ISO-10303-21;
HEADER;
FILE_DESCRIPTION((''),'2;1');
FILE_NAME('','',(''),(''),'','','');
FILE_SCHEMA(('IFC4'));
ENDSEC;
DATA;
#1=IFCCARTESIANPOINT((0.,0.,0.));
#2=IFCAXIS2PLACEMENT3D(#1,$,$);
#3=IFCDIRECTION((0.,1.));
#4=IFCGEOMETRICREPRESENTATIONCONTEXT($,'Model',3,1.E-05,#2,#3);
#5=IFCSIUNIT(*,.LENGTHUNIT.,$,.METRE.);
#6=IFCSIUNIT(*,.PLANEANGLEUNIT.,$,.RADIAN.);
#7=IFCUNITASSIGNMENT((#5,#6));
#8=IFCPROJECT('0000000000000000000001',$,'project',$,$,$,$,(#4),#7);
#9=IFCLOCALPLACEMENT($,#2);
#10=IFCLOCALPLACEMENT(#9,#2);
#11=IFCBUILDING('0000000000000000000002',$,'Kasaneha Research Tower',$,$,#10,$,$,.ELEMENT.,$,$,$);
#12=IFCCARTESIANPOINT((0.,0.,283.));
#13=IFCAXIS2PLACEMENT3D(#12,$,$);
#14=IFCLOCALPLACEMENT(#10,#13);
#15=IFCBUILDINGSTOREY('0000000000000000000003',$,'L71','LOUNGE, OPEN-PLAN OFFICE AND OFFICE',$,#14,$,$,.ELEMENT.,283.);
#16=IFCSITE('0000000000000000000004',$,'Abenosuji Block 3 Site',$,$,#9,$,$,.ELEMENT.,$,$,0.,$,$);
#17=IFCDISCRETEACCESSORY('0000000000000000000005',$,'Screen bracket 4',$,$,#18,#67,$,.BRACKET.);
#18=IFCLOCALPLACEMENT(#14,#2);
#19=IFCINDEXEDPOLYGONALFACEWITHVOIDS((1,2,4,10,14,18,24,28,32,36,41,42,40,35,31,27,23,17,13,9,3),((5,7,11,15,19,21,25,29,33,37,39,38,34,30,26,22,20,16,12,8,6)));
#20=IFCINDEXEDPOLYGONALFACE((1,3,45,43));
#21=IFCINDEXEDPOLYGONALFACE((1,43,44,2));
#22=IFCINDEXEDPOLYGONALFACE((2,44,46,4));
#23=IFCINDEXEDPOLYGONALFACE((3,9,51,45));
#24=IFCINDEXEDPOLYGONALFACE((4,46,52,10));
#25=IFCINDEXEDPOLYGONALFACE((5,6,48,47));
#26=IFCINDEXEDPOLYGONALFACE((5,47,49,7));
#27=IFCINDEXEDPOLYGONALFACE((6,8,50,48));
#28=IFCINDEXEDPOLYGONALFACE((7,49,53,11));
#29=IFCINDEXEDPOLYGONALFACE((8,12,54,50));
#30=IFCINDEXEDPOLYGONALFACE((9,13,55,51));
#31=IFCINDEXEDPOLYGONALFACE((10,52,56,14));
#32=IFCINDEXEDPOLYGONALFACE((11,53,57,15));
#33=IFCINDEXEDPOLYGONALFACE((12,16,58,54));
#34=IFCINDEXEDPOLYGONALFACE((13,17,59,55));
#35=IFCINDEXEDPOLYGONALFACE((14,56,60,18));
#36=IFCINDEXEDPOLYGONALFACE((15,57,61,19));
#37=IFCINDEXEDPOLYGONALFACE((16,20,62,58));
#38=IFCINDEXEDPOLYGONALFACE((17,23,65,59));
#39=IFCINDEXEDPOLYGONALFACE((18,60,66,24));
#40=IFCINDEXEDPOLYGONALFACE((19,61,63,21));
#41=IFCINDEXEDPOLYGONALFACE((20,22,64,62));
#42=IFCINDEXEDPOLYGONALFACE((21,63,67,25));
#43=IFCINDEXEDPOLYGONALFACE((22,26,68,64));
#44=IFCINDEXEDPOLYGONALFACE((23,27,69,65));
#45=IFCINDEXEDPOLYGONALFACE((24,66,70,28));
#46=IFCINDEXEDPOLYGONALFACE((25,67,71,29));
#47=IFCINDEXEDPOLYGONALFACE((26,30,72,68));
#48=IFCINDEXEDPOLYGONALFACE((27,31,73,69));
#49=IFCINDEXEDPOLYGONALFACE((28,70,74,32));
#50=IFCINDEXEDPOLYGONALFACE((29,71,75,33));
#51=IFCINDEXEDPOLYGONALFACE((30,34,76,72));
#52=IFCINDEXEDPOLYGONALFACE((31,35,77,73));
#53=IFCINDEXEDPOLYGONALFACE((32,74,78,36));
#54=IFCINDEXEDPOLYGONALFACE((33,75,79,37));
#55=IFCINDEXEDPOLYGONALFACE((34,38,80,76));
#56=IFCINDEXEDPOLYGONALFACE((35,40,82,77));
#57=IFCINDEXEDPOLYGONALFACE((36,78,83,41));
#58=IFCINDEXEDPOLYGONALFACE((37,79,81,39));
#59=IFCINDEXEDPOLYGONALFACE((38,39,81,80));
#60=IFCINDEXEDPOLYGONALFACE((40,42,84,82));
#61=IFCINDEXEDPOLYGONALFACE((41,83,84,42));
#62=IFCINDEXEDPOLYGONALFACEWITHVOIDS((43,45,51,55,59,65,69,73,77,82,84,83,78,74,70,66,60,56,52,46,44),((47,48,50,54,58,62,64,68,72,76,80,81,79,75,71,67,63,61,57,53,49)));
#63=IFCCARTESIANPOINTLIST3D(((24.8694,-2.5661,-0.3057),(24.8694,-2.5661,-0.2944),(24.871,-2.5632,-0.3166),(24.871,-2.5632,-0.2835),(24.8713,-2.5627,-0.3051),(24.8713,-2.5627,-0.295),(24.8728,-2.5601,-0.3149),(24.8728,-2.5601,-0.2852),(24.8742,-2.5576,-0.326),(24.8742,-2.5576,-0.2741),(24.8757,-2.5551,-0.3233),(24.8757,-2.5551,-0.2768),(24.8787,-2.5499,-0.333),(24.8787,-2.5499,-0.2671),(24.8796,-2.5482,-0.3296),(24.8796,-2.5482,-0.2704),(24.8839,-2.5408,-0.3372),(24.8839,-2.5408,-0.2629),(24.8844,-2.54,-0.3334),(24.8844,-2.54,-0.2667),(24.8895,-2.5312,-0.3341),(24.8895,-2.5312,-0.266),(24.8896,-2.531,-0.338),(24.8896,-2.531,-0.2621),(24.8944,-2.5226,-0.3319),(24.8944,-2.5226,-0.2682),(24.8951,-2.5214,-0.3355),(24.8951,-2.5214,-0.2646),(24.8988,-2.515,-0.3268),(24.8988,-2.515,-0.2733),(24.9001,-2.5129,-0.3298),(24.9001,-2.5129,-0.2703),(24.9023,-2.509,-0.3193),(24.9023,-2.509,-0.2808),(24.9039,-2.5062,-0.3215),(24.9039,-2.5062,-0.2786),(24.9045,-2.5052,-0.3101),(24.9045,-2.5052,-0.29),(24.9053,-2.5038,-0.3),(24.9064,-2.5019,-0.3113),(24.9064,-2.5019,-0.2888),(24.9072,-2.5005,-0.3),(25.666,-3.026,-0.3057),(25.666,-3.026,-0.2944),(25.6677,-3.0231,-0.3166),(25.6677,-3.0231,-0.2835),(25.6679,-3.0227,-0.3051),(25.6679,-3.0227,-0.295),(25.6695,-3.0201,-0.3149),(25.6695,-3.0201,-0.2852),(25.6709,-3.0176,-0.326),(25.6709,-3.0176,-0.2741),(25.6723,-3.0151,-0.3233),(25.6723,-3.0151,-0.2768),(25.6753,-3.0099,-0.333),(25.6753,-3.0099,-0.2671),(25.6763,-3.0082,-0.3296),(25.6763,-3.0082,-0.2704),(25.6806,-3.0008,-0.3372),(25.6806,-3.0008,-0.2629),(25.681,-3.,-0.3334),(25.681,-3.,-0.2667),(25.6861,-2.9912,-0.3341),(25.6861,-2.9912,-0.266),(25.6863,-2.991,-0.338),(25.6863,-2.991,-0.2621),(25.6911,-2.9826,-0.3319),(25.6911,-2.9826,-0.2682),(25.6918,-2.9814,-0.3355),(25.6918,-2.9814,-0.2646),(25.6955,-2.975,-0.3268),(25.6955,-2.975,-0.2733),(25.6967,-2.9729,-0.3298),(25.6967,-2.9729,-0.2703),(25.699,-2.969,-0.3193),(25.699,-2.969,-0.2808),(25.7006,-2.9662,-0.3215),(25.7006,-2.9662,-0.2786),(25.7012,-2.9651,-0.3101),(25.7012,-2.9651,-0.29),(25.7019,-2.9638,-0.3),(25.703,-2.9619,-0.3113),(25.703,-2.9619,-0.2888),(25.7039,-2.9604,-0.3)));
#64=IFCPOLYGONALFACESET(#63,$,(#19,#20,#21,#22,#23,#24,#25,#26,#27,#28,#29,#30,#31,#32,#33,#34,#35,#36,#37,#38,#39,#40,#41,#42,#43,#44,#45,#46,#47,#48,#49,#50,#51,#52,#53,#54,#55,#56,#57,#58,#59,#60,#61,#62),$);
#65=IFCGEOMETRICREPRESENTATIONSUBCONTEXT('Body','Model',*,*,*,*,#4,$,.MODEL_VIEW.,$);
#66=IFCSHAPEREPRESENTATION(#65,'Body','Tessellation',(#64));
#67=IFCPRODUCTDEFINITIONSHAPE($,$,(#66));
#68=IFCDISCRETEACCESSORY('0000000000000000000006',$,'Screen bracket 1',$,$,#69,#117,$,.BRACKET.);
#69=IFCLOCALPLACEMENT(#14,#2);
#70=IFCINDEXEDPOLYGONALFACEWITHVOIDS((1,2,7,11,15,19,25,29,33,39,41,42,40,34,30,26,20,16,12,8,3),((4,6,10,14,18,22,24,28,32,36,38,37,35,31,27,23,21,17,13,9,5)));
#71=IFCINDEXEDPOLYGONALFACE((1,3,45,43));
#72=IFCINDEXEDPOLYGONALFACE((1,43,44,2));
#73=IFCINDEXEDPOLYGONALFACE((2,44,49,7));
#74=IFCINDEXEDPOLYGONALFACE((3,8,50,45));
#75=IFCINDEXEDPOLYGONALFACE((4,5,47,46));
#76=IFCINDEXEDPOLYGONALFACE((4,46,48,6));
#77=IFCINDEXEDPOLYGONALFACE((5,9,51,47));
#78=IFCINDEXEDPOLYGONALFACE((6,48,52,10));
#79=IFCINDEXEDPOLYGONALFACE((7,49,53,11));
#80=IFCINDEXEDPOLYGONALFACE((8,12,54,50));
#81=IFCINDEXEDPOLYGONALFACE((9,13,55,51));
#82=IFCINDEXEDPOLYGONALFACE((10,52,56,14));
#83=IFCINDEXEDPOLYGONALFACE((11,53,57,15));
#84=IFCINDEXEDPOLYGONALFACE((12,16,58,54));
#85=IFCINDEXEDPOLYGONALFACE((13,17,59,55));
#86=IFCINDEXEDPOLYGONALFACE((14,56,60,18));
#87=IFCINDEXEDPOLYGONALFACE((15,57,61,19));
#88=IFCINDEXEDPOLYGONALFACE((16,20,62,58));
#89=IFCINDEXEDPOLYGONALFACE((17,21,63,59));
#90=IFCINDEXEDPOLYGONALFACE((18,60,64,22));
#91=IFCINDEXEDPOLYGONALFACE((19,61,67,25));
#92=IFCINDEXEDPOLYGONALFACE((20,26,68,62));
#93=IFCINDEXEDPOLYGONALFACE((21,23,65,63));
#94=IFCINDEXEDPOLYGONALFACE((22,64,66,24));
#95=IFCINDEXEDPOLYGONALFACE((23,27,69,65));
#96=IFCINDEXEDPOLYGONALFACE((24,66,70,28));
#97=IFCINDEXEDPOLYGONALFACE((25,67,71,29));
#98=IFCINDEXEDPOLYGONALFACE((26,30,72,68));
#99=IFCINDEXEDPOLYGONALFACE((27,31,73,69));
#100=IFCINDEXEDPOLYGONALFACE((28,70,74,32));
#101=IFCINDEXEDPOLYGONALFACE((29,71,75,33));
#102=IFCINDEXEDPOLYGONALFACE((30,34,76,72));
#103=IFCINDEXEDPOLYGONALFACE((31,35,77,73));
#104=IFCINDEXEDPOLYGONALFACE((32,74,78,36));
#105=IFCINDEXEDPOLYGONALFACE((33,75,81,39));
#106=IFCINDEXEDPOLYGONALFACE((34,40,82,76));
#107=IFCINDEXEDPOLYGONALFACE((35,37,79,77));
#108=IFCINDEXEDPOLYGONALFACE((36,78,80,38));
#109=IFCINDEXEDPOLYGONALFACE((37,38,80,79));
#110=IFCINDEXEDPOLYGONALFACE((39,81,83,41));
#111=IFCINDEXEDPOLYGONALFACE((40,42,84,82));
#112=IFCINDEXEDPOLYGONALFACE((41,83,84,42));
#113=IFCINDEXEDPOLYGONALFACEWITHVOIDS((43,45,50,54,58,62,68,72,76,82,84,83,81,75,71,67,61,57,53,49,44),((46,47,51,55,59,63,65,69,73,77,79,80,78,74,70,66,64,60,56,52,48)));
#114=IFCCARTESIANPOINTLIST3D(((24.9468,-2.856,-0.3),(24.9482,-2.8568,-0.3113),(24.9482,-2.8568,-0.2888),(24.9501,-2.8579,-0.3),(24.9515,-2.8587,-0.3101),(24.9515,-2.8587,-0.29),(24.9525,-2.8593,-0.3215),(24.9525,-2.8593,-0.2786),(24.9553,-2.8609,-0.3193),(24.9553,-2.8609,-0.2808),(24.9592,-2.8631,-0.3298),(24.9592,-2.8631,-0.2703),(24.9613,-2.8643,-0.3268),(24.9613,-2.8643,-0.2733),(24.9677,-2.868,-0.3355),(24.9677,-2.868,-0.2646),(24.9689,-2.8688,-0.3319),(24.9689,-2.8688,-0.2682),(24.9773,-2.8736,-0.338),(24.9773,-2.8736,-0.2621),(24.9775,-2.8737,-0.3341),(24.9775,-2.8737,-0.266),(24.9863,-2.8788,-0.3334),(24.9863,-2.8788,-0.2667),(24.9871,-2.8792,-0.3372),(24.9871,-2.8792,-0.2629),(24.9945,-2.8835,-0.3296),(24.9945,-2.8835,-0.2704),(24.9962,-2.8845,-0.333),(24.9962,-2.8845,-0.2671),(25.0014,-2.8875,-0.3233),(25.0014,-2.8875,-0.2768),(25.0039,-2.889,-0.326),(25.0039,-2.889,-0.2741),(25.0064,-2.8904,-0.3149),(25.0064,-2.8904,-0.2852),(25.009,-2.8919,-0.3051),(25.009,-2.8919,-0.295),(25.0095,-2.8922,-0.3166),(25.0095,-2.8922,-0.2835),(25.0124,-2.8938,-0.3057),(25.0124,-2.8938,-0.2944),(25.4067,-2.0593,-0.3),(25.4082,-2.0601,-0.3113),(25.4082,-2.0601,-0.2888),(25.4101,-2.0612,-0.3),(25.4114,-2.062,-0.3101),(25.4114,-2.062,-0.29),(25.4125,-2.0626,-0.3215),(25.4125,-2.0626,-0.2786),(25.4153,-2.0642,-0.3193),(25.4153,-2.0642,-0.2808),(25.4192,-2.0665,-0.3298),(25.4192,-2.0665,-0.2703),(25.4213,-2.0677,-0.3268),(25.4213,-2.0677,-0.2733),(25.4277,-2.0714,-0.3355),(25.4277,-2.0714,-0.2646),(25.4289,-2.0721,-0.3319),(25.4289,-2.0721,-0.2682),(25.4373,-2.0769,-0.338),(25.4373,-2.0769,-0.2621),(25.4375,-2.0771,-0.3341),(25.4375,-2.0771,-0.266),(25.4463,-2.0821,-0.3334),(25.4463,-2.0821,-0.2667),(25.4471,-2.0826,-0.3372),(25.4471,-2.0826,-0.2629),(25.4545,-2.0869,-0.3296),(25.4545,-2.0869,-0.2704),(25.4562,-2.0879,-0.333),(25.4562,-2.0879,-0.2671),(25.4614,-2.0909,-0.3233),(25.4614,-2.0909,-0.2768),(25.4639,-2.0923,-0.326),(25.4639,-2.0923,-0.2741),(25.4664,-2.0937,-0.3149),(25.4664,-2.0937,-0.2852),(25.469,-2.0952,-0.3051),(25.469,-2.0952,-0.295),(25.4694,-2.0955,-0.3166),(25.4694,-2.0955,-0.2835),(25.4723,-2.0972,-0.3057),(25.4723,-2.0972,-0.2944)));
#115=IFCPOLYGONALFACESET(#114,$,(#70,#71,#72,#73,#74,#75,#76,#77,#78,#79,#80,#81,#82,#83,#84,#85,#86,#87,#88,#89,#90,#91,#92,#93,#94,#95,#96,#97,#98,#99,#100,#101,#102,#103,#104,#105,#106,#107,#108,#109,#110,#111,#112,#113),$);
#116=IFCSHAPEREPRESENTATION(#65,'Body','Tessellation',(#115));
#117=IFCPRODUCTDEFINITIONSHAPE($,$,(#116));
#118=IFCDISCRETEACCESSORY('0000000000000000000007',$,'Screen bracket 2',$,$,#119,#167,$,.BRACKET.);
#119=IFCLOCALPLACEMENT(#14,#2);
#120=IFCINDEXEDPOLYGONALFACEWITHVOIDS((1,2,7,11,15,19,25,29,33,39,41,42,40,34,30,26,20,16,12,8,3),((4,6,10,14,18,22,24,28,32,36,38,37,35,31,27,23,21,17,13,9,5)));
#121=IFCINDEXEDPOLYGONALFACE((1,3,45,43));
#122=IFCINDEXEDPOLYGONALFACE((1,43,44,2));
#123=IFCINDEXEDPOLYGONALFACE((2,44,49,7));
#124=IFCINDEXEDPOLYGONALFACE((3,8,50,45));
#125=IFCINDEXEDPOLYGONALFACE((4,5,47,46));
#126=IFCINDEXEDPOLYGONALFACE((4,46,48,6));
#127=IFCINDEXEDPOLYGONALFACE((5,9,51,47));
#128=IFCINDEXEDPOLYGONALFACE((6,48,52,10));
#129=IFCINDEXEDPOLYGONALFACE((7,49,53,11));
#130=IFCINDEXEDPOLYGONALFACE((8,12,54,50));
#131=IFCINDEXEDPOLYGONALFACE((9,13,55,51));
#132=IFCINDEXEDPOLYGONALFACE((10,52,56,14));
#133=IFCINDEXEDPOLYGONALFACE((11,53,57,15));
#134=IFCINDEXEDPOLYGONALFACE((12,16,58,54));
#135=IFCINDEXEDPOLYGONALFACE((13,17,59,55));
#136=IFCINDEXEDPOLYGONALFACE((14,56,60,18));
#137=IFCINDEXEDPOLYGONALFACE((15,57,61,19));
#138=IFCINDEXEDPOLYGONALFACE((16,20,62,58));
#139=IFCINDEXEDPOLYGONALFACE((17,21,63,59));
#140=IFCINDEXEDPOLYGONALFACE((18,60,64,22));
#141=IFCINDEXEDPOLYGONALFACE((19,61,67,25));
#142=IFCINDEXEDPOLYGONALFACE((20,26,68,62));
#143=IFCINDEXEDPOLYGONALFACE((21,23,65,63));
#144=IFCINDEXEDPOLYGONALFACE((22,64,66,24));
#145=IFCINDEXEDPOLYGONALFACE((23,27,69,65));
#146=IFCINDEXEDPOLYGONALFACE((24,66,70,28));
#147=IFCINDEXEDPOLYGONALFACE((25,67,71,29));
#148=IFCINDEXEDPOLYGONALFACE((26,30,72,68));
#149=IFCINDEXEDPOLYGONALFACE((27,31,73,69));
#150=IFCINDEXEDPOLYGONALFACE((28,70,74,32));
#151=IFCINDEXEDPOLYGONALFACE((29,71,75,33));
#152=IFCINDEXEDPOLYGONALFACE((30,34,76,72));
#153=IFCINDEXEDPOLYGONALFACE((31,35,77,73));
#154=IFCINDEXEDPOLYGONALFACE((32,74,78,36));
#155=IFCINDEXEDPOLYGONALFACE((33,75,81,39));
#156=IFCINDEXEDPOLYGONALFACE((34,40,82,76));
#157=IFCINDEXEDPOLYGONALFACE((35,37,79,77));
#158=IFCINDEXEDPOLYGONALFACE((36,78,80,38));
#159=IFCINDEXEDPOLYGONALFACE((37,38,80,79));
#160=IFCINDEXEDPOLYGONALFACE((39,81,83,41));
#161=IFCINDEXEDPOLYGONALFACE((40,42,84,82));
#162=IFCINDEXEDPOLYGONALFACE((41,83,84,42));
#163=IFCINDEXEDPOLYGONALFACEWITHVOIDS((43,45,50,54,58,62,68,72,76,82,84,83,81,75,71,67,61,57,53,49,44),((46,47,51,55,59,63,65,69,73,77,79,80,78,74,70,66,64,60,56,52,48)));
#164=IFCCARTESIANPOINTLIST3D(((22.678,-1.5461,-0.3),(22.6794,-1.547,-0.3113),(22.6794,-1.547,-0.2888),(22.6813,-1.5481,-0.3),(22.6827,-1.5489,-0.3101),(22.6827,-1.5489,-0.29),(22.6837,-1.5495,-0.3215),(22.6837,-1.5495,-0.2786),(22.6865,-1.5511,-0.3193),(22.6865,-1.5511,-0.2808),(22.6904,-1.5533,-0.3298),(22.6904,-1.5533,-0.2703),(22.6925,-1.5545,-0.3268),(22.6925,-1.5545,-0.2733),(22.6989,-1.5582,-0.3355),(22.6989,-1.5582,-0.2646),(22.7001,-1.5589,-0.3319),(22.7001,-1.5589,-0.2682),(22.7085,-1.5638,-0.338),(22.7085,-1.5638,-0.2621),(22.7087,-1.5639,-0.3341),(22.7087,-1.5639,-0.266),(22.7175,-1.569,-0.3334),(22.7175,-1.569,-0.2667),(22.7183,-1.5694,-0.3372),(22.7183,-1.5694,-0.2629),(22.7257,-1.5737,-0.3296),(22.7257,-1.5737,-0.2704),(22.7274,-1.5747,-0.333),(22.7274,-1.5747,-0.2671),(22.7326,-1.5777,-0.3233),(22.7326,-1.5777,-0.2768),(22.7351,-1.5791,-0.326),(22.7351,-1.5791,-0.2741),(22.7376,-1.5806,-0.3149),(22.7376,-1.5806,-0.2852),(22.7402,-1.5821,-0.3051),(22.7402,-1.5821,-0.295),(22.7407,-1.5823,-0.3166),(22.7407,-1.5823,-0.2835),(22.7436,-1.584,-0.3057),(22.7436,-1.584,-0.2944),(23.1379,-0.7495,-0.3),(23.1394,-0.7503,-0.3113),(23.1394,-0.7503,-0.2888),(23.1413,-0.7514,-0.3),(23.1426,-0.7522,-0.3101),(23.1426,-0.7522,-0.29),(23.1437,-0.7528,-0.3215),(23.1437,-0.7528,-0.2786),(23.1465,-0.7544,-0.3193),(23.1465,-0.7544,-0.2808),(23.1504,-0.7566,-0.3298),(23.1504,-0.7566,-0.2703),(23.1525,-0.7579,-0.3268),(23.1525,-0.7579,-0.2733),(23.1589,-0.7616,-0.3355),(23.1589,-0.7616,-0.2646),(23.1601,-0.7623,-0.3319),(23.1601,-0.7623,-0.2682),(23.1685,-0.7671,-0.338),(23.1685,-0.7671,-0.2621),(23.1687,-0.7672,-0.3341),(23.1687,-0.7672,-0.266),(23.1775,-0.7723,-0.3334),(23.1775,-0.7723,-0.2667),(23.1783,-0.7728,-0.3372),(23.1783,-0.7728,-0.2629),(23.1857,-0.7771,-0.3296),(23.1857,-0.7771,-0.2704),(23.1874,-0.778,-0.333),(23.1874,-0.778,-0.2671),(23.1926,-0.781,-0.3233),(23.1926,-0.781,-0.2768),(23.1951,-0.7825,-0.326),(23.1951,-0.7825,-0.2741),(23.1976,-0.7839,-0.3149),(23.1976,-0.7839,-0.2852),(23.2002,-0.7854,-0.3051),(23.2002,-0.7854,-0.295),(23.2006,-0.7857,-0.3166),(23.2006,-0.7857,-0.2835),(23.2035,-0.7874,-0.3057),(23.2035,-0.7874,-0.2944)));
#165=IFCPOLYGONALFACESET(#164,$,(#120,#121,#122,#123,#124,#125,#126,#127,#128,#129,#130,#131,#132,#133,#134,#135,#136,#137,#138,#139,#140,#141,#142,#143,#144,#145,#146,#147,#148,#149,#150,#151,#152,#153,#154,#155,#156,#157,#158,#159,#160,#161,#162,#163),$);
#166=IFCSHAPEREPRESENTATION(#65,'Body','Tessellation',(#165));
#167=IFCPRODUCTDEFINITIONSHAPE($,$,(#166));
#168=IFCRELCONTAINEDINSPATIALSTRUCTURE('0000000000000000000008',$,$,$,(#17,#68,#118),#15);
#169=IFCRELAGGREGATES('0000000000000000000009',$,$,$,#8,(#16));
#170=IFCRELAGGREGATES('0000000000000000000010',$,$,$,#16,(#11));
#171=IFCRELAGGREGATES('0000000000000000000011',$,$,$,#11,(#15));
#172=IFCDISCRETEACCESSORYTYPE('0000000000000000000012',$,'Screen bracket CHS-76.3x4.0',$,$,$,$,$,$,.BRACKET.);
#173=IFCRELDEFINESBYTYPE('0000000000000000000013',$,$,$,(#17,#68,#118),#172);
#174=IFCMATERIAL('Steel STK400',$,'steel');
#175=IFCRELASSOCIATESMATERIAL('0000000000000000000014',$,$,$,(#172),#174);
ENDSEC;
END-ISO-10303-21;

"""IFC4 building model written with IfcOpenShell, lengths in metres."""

from ifc_helpers import new_model, si_unit, direction, frame, origin, origin_2d, place, context, subcontext, project, spatial, hollow_circle, extrude, material, material_profile, profile_set, type_object, element, save


model = new_model("IFC4")

# Units and contexts
model_context = context("Model", 3, precision=1e-05, world=origin(), true_north=direction((0.0, 1.0)))
body_context = subcontext(model_context, "Body", "Model", "MODEL_VIEW")
ifc_project = project(units=[si_unit("LENGTHUNIT", "METRE"), si_unit("PLANEANGLEUNIT", "RADIAN")], contexts=[model_context])

# Site, building, storey
site_placement = place(None, origin())
site = spatial("IfcSite", under=ifc_project, at=site_placement, Name="Abenosuji Block 3 Site", CompositionType="ELEMENT", RefElevation=0.0)
building_placement = place(site_placement, origin())
building = spatial("IfcBuilding", under=site, at=building_placement, Name="Kasaneha Research Tower", CompositionType="ELEMENT")
storey_placement = place(building_placement, frame((0.0, 0.0, 283.0)))
storey = spatial("IfcBuildingStorey", under=building, at=storey_placement, Name="L71", Description="LOUNGE, OPEN-PLAN OFFICE AND OFFICE", CompositionType="ELEMENT", Elevation=283.0)

# Discrete accessories
ifc_material_1 = material(Name="Steel STK400", Category="steel")
ifc_material_profile_1 = material_profile(ifc_material_1, hollow_circle(Radius=0.0381, WallThickness=0.0039, at=origin_2d()), Name="CHS-76.3x4.0")
ifc_profile_set_1 = profile_set([ifc_material_profile_1], Name="Steel STK400")
discrete_accessory_type = type_object("IfcDiscreteAccessoryType", Name="Screen bracket CHS-76.3x4.0", PredefinedType="BRACKET", material=ifc_profile_set_1)
for number, where, z_axis, x_axis, name in (
    (1, (24.8882, -2.5334, -0.3), (0.866013, -0.500021, 0.0), (0.500021, 0.866013, 0.0), "Screen bracket 4"),
    (2, (24.9797, -2.875, -0.3), (0.500021, 0.866013, 0.0), (-0.866013, 0.500021, 0.0), "Screen bracket 1"),
    (3, (22.7109, -1.5652, -0.3), (0.500021, 0.866013, 0.0), (-0.866013, 0.500021, 0.0), "Screen bracket 2"),
):
    element("IfcDiscreteAccessory", number, at=place(storey_placement, frame(where, z_axis=z_axis, x_axis=x_axis)), inside=storey, type_object=discrete_accessory_type, Name=name, PredefinedType="BRACKET", context=body_context, shape_type="SweptSolid", body=[
        extrude(hollow_circle(Radius=0.0381, WallThickness=0.0039, at=origin_2d()), origin(), (0.0, 0.0, 1.0), 0.9199),
    ])

save(model, "model.ifc")
